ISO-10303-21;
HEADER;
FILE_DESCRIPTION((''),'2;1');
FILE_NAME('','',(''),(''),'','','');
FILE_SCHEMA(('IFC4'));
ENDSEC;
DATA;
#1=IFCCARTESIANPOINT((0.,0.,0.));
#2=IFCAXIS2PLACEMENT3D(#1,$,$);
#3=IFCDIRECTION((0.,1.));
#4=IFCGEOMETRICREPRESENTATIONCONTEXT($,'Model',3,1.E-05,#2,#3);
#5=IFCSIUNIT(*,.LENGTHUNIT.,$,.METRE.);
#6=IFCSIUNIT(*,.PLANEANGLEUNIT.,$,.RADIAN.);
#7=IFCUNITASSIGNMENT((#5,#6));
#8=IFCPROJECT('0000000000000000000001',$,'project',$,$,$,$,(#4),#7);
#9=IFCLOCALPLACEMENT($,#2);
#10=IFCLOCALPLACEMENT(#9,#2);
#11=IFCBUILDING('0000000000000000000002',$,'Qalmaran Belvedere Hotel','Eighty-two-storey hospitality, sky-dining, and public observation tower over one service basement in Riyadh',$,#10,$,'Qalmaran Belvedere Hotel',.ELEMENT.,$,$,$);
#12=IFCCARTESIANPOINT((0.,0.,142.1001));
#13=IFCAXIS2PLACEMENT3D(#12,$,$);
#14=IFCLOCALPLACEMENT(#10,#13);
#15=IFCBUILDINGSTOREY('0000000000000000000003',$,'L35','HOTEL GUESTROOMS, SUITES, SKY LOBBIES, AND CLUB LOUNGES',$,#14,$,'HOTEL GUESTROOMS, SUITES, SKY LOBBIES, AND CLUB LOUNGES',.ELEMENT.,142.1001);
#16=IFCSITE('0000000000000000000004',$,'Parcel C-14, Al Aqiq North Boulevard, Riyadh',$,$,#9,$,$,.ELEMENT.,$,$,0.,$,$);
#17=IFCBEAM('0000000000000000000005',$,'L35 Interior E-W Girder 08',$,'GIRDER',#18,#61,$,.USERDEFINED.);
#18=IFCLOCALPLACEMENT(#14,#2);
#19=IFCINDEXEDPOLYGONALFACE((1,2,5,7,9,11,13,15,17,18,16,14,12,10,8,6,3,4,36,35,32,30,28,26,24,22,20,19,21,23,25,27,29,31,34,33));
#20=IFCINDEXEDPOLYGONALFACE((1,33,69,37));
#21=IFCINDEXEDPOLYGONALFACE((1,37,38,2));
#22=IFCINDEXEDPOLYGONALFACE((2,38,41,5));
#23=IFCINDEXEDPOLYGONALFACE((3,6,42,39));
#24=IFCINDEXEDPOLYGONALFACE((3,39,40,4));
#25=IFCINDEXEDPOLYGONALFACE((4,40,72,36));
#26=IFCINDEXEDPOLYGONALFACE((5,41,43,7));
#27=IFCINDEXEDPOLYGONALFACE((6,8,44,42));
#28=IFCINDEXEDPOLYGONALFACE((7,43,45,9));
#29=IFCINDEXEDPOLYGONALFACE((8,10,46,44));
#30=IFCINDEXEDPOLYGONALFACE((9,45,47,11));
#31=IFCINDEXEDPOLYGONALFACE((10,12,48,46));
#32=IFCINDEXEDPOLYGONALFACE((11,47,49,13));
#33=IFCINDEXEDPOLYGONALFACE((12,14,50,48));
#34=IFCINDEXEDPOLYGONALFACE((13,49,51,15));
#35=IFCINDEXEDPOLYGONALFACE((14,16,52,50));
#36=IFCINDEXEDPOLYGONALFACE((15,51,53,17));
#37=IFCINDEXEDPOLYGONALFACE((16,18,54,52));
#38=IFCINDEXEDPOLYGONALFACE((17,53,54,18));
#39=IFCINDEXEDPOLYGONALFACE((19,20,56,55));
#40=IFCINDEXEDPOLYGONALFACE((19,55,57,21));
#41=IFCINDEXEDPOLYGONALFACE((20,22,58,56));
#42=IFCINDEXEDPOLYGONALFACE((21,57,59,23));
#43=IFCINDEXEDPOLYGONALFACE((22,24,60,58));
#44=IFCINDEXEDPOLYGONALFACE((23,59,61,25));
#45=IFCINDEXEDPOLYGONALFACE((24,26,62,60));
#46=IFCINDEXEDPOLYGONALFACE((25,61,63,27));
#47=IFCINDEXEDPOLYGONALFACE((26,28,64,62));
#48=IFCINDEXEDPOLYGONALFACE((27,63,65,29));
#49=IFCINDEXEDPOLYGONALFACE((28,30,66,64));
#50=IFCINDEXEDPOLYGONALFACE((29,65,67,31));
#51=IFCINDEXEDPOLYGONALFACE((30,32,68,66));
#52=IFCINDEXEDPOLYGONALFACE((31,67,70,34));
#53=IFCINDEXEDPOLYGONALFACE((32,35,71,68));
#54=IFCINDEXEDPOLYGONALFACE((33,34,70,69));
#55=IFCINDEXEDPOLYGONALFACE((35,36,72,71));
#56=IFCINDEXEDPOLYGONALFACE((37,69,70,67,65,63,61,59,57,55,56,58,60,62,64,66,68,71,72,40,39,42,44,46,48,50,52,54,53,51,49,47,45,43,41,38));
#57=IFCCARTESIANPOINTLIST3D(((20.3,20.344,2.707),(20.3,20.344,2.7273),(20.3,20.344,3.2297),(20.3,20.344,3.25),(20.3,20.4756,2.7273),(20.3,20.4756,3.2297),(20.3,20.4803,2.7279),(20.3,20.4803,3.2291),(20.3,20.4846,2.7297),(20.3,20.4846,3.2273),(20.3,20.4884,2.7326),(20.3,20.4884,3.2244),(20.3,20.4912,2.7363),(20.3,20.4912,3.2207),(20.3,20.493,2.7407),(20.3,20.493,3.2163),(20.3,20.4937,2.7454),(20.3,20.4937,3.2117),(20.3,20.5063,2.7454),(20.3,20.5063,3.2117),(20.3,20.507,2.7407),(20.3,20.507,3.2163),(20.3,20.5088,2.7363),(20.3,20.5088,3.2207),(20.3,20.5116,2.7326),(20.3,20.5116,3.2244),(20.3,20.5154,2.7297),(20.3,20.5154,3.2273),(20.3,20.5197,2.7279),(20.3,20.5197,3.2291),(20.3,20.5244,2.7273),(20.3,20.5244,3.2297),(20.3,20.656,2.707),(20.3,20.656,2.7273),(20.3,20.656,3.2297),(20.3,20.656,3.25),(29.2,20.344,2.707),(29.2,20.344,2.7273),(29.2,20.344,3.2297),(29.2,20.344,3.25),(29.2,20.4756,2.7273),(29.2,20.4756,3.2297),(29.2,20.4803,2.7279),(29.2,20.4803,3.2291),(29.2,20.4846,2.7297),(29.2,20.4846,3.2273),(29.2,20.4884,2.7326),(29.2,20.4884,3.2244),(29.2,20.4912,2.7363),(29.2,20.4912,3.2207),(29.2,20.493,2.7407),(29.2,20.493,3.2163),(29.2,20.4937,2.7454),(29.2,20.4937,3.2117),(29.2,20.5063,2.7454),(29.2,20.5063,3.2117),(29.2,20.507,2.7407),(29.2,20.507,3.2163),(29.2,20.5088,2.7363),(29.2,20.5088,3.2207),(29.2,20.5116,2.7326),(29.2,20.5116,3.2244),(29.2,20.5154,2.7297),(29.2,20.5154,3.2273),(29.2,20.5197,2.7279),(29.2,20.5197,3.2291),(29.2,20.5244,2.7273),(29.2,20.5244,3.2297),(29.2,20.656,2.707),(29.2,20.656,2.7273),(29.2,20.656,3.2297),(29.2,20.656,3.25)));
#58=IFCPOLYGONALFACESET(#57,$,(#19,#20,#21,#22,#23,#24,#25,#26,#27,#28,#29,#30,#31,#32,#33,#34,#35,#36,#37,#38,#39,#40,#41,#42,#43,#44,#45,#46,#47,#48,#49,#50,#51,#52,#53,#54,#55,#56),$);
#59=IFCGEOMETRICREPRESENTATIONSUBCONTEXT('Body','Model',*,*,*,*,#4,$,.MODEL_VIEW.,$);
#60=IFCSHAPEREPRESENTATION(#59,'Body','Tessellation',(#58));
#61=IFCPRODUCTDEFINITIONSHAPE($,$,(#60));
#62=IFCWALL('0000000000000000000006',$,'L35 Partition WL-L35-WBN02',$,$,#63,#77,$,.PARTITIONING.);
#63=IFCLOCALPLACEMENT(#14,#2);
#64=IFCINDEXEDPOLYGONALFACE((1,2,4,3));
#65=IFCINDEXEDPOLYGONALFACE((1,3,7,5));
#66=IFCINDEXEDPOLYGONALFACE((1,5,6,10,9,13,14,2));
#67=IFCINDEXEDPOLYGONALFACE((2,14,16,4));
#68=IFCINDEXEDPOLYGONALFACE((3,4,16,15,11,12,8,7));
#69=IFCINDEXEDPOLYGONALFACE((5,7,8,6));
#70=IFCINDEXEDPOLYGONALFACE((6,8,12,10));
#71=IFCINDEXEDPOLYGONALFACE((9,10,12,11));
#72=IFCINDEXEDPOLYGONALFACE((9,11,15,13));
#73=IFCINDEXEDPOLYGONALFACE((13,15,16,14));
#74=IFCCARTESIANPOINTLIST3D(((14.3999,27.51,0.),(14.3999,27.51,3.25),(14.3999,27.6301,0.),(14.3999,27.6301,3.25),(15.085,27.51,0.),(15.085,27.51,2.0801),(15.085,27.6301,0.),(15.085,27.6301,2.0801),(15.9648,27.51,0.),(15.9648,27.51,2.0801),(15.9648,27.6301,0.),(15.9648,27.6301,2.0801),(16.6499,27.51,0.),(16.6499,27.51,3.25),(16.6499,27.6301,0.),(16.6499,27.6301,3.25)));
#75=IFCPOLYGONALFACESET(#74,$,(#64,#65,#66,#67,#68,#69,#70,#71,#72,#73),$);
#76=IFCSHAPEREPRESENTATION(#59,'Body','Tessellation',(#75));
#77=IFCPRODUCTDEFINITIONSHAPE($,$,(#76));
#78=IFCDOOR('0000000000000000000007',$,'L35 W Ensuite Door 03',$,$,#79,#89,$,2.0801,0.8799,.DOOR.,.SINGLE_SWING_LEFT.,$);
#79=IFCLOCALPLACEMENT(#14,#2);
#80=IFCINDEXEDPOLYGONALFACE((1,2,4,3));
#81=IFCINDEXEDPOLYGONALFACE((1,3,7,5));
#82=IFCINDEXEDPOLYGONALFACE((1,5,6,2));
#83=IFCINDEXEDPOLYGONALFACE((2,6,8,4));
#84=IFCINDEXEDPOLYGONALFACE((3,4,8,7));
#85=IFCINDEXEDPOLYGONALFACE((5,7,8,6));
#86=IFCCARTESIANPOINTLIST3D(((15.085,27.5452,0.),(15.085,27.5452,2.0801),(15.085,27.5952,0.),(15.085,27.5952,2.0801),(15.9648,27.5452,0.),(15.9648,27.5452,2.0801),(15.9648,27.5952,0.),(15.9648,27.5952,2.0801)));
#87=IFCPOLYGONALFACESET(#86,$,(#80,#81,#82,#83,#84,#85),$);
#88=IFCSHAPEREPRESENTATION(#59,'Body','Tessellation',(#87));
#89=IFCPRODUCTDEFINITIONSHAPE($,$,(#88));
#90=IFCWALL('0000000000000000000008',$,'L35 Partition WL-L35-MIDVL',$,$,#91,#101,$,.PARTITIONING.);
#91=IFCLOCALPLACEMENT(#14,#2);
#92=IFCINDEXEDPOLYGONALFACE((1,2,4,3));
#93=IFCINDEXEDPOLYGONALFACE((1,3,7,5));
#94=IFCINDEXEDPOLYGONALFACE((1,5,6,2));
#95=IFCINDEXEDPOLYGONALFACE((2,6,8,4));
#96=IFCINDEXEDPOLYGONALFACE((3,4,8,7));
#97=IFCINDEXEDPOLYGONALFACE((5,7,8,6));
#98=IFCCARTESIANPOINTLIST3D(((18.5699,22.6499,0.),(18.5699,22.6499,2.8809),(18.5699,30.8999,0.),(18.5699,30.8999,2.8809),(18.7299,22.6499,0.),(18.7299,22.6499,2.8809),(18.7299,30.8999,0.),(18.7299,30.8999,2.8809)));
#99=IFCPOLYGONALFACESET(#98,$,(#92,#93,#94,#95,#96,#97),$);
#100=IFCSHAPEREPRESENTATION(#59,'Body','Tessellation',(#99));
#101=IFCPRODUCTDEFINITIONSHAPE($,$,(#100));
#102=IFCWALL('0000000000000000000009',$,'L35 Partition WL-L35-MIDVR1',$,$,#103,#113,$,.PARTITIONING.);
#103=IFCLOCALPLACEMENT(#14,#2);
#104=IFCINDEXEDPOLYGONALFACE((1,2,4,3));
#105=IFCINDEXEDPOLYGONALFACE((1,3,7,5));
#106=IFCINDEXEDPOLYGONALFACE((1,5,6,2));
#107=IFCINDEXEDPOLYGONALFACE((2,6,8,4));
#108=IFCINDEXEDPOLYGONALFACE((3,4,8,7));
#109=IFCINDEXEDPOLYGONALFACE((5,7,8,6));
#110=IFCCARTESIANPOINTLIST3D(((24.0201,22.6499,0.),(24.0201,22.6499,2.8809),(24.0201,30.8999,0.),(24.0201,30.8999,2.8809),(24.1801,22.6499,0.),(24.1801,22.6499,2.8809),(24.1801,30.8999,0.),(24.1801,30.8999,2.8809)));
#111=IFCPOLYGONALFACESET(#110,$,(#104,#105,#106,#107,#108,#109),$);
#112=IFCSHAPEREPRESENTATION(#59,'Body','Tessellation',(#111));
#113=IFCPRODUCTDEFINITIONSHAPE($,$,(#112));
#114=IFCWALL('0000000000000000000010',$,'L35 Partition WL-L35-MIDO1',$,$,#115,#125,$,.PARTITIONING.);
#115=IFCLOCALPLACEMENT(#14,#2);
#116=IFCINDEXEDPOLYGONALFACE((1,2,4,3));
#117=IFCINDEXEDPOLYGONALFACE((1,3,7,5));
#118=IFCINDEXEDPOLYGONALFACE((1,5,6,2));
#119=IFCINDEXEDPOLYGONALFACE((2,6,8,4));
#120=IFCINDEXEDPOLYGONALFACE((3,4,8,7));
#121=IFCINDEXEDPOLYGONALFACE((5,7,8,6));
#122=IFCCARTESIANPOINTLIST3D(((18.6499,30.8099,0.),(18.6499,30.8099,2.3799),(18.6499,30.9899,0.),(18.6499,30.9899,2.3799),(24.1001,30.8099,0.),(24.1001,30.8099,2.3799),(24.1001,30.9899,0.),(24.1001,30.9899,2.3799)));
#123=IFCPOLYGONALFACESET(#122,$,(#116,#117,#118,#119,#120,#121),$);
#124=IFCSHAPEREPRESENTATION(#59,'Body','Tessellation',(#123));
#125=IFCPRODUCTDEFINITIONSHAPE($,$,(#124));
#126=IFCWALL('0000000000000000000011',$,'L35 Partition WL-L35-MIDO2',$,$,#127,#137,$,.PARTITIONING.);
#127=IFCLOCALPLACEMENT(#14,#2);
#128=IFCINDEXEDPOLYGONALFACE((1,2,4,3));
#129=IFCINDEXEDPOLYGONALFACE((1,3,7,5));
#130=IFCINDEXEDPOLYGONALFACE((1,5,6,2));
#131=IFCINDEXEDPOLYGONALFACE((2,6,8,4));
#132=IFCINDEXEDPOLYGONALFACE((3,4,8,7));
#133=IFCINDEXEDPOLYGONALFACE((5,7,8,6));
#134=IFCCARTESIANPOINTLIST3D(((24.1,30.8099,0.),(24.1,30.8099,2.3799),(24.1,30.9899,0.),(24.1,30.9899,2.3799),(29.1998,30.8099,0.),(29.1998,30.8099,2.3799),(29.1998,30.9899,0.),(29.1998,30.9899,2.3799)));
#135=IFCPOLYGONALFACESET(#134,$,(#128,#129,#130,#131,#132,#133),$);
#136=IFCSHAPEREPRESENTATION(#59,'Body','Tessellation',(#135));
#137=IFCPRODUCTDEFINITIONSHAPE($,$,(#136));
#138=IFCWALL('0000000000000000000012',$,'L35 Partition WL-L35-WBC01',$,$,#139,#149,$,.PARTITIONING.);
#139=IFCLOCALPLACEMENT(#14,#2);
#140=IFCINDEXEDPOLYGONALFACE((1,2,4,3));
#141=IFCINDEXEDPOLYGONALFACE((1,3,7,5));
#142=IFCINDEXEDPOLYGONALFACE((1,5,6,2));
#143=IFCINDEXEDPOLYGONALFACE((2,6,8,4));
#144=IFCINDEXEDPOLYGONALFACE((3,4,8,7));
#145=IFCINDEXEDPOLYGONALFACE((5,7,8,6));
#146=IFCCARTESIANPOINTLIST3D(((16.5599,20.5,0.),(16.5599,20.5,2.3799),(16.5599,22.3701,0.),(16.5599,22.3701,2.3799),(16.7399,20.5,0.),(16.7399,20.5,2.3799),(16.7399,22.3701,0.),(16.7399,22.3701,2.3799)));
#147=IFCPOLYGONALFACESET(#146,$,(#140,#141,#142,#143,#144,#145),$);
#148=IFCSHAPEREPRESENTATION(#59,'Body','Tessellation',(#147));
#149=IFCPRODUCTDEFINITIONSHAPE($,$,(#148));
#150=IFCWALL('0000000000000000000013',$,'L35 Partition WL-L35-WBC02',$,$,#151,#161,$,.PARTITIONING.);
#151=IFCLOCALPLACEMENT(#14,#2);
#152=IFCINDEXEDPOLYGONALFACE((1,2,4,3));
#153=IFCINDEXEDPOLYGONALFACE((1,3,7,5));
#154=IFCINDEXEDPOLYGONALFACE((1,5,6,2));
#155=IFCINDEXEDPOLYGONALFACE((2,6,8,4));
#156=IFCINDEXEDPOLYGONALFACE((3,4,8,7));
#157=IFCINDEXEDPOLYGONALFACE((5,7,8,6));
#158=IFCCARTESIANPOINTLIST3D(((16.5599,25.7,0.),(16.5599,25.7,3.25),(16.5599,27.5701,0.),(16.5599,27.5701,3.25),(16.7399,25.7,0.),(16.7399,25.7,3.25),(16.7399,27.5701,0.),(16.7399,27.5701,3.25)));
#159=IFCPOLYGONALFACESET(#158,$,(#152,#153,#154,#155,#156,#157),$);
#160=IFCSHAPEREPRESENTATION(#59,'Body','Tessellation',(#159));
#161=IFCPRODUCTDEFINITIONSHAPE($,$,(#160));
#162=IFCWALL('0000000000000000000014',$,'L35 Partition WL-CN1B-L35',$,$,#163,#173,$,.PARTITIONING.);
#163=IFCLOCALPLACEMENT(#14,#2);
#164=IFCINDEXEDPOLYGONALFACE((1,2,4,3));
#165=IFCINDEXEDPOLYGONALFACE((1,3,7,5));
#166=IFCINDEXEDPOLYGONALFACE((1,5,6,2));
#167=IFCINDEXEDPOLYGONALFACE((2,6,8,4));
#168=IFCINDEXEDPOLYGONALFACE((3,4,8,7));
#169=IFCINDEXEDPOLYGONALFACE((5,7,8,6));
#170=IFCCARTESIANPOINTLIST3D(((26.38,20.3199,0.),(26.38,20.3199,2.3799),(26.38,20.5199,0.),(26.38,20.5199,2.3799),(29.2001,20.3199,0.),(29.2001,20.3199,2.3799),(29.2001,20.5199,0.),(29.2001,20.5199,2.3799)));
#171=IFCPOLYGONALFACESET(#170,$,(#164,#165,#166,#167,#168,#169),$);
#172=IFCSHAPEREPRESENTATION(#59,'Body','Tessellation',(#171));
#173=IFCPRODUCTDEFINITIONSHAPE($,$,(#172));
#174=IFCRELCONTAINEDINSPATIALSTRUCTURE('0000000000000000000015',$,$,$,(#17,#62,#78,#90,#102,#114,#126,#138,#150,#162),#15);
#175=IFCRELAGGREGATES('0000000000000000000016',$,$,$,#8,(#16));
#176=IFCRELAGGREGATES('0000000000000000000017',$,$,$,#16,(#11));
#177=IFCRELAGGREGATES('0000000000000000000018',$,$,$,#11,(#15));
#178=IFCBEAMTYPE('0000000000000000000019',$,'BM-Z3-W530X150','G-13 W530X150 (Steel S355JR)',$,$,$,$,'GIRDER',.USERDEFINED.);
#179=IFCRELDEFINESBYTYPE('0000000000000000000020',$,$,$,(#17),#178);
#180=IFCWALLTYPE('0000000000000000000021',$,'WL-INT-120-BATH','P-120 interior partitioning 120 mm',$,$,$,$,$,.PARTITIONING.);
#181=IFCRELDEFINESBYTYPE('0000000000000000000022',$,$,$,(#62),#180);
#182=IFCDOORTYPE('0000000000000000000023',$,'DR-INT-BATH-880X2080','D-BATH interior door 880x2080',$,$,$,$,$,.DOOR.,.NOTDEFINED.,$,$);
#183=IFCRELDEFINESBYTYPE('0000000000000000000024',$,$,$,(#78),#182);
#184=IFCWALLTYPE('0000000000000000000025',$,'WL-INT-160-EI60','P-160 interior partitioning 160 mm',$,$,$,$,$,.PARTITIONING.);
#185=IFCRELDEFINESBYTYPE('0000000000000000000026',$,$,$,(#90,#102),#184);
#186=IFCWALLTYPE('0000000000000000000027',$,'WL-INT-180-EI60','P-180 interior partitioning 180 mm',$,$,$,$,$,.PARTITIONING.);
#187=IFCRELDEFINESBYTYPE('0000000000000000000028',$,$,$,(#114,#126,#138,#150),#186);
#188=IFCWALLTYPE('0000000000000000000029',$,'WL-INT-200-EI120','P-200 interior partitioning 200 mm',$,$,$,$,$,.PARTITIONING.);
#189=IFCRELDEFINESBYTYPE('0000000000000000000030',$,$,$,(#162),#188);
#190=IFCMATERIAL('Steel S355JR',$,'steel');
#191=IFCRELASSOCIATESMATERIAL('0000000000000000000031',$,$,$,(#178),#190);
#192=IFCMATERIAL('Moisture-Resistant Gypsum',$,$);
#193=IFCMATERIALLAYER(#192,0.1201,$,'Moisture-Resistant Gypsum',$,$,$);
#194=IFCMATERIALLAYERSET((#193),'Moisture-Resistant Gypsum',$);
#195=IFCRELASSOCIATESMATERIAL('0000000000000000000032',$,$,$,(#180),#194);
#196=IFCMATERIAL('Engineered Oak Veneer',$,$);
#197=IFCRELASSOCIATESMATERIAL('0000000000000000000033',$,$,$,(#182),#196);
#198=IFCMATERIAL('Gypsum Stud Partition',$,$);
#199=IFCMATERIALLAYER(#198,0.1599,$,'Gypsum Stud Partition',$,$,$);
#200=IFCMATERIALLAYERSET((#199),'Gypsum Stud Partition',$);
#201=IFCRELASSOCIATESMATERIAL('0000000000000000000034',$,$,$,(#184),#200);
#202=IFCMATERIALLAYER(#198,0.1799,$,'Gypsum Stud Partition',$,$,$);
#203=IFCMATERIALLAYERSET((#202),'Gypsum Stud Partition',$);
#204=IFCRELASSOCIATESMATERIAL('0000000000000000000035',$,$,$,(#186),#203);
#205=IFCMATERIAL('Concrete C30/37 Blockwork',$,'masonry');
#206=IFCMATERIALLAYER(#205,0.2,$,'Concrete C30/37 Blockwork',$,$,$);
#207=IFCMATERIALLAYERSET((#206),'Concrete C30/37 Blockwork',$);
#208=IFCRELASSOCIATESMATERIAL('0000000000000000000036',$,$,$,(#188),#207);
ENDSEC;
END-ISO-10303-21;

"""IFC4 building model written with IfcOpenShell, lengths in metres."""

from ifc_helpers import new_model, si_unit, direction, frame, frame_2d, origin, origin_2d, place, context, subcontext, project, spatial, rectangle, i_section, extrude, material, layer, layer_set, material_profile, profile_set, type_object, element, fill, save


model = new_model("IFC4")

# Units and contexts
model_context = context("Model", 3, precision=1e-05, world=origin(), true_north=direction((0.0, 1.0)))
body_context = subcontext(model_context, "Body", "Model", "MODEL_VIEW")
ifc_project = project(units=[si_unit("LENGTHUNIT", "METRE"), si_unit("PLANEANGLEUNIT", "RADIAN")], contexts=[model_context])

# Site, building, storey
site_placement = place(None, origin())
site = spatial("IfcSite", under=ifc_project, at=site_placement, Name="Parcel C-14, Al Aqiq North Boulevard, Riyadh", CompositionType="ELEMENT", RefElevation=0.0)
building_placement = place(site_placement, origin())
building = spatial("IfcBuilding", under=site, at=building_placement, Name="Qalmaran Belvedere Hotel", Description="Eighty-two-storey hospitality, sky-dining, and public observation tower over one service basement in Riyadh", LongName="Qalmaran Belvedere Hotel", CompositionType="ELEMENT")
storey_placement = place(building_placement, frame((0.0, 0.0, 142.1001)))
storey = spatial("IfcBuildingStorey", under=building, at=storey_placement, Name="L35", Description="HOTEL GUESTROOMS, SUITES, SKY LOBBIES, AND CLUB LOUNGES", LongName="HOTEL GUESTROOMS, SUITES, SKY LOBBIES, AND CLUB LOUNGES", CompositionType="ELEMENT", Elevation=142.1001)

# Beam
ifc_material_1 = material(Name="Steel S355JR", Category="steel")
ifc_material_profile_1 = material_profile(ifc_material_1, i_section(OverallWidth=0.312, OverallDepth=0.543, WebThickness=0.0127, FlangeThickness=0.0203, FilletRadius=0.0181, at=origin_2d()), Name="W530X150")
ifc_profile_set_1 = profile_set([ifc_material_profile_1], Name="Steel S355JR")
beam_type_1 = type_object("IfcBeamType", Name="BM-Z3-W530X150", Description="G-13 W530X150 (Steel S355JR)", ElementType="GIRDER", PredefinedType="USERDEFINED", material=ifc_profile_set_1)
beam_1_placement = place(storey_placement, frame((20.3, 20.5, 2.9785), z_axis=(1.0, 0.0, 0.0), x_axis=(0.0, 1.0, 0.0)))
element("IfcBeam", 1, at=beam_1_placement, inside=storey, type_object=beam_type_1, Name="L35 Interior E-W Girder 08", ObjectType="GIRDER", PredefinedType="USERDEFINED", context=body_context, shape_type="SweptSolid", body=[
    extrude(i_section(OverallWidth=0.312, OverallDepth=0.543, WebThickness=0.0127, FlangeThickness=0.0203, FilletRadius=0.0181, at=origin_2d()), origin(), (0.0, 0.0, 1.0), 8.8999),
])

# Wall, opening, door
ifc_material_2 = material(Name="Moisture-Resistant Gypsum")
ifc_layer_1 = layer(ifc_material_2, 0.1201, Name="Moisture-Resistant Gypsum")
ifc_layer_set_1 = layer_set([ifc_layer_1], Name="Moisture-Resistant Gypsum")
wall_type_1 = type_object("IfcWallType", Name="WL-INT-120-BATH", Description="P-120 interior partitioning 120 mm", PredefinedType="PARTITIONING", material=ifc_layer_set_1)
wall_1_placement = place(storey_placement, frame((14.3999, 27.5701, 0.0), z_axis=(0.0, 0.0, 1.0), x_axis=(1.0, 0.0, 0.0)))
wall_1 = element("IfcWall", 2, at=wall_1_placement, inside=storey, type_object=wall_type_1, Name="L35 Partition WL-L35-WBN02", PredefinedType="PARTITIONING", context=body_context, shape_type="SweptSolid", body=[
    extrude(rectangle(XDim=2.25, YDim=0.1201, at=frame_2d((1.125, 0.0))), origin(), (0.0, 0.0, 1.0), 3.25),
])
opening_1_placement = place(wall_1_placement, frame((1.5649, 0.0, 0.0), z_axis=(0.0, 0.0, 1.0), x_axis=(-1.0, 0.0, 0.0)))
opening_1 = element("IfcOpeningElement", 3, at=opening_1_placement, cuts=wall_1, PredefinedType="OPENING", context=body_context, shape_type="SweptSolid", body=[
    extrude(rectangle(XDim=0.8799, YDim=2.0801, at=frame_2d((0.4399, 1.04))), frame((0.0, 0.0701, 0.0), z_axis=(0.0, -1.0, 0.0), x_axis=(1.0, 0.0, 0.0)), (0.0, 0.0, 1.0), 0.1401),
])
ifc_material_3 = material(Name="Engineered Oak Veneer")
door_type_1 = type_object("IfcDoorType", Name="DR-INT-BATH-880X2080", Description="D-BATH interior door 880x2080", OperationType="NOTDEFINED", PredefinedType="DOOR", material=ifc_material_3)
door_1_placement = place(opening_1_placement, origin())
door_1 = element("IfcDoor", 4, at=door_1_placement, inside=storey, type_object=door_type_1, Name="L35 W Ensuite Door 03", OperationType="SINGLE_SWING_LEFT", OverallHeight=2.0801, OverallWidth=0.8799, PredefinedType="DOOR", context=body_context, shape_type="SweptSolid", body=[
    extrude(rectangle(XDim=0.8799, YDim=2.0801, at=frame_2d((0.4399, 1.04))), frame((0.0, 0.0249, 0.0), z_axis=(0.0, -1.0, 0.0), x_axis=(1.0, 0.0, 0.0)), (0.0, 0.0, 1.0), 0.05),
])
fill(opening_1, door_1)
ifc_material_4 = material(Name="Gypsum Stud Partition")

# Walls
ifc_layer_2 = layer(ifc_material_4, 0.1599, Name="Gypsum Stud Partition")
ifc_layer_set_2 = layer_set([ifc_layer_2], Name="Gypsum Stud Partition")
wall_type_2 = type_object("IfcWallType", Name="WL-INT-160-EI60", Description="P-160 interior partitioning 160 mm", PredefinedType="PARTITIONING", material=ifc_layer_set_2)
for number, where, z_axis, x_axis, name in (
    (5, (18.6499, 22.6499, 0.0), (0.0, 0.0, 1.0), (0.0, 1.0, 0.0), "L35 Partition WL-L35-MIDVL"),
    (6, (24.1001, 22.6499, 0.0), (0.0, 0.0, 1.0), (0.0, 1.0, 0.0), "L35 Partition WL-L35-MIDVR1"),
):
    element("IfcWall", number, at=place(storey_placement, frame(where, z_axis=z_axis, x_axis=x_axis)), inside=storey, type_object=wall_type_2, Name=name, PredefinedType="PARTITIONING", context=body_context, shape_type="SweptSolid", body=[
        extrude(rectangle(XDim=8.25, YDim=0.1599, at=frame_2d((4.125, 0.0))), origin(), (0.0, 0.0, 1.0), 2.8809),
    ])

# Shared definitions
ifc_layer_3 = layer(ifc_material_4, 0.1799, Name="Gypsum Stud Partition")
ifc_layer_set_3 = layer_set([ifc_layer_3], Name="Gypsum Stud Partition")
wall_type_3 = type_object("IfcWallType", Name="WL-INT-180-EI60", Description="P-180 interior partitioning 180 mm", PredefinedType="PARTITIONING", material=ifc_layer_set_3)

# Wall
wall_2_placement = place(storey_placement, frame((18.6499, 30.8999, 0.0), z_axis=(0.0, 0.0, 1.0), x_axis=(1.0, 0.0, 0.0)))
element("IfcWall", 7, at=wall_2_placement, inside=storey, type_object=wall_type_3, Name="L35 Partition WL-L35-MIDO1", PredefinedType="PARTITIONING", context=body_context, shape_type="SweptSolid", body=[
    extrude(rectangle(XDim=5.4502, YDim=0.1799, at=frame_2d((2.7251, 0.0))), origin(), (0.0, 0.0, 1.0), 2.3799),
])

# Walls
wall_3_placement = place(storey_placement, frame((24.1001, 30.8999, 0.0), z_axis=(0.0, 0.0, 1.0), x_axis=(1.0, 0.0, 0.0)))
element("IfcWall", 8, at=wall_3_placement, inside=storey, type_object=wall_type_3, Name="L35 Partition WL-L35-MIDO2", PredefinedType="PARTITIONING", context=body_context, shape_type="SweptSolid", body=[
    extrude(rectangle(XDim=5.0999, YDim=0.1799, at=frame_2d((2.5498, 0.0))), origin(), (0.0, 0.0, 1.0), 2.3799),
])
wall_4_placement = place(storey_placement, frame((16.6499, 20.5, 0.0), z_axis=(0.0, 0.0, 1.0), x_axis=(0.0, 1.0, 0.0)))
element("IfcWall", 9, at=wall_4_placement, inside=storey, type_object=wall_type_3, Name="L35 Partition WL-L35-WBC01", PredefinedType="PARTITIONING", context=body_context, shape_type="SweptSolid", body=[
    extrude(rectangle(XDim=1.8701, YDim=0.1799, at=frame_2d((0.9351, 0.0))), origin(), (0.0, 0.0, 1.0), 2.3799),
])

# Wall
wall_5_placement = place(storey_placement, frame((16.6499, 25.7, 0.0), z_axis=(0.0, 0.0, 1.0), x_axis=(0.0, 1.0, 0.0)))
element("IfcWall", 10, at=wall_5_placement, inside=storey, type_object=wall_type_3, Name="L35 Partition WL-L35-WBC02", PredefinedType="PARTITIONING", context=body_context, shape_type="SweptSolid", body=[
    extrude(rectangle(XDim=1.8701, YDim=0.1799, at=frame_2d((0.9351, 0.0))), origin(), (0.0, 0.0, 1.0), 3.25),
])

# Wall
ifc_material_5 = material(Name="Concrete C30/37 Blockwork", Category="masonry")
ifc_layer_4 = layer(ifc_material_5, 0.2, Name="Concrete C30/37 Blockwork")
ifc_layer_set_4 = layer_set([ifc_layer_4], Name="Concrete C30/37 Blockwork")
wall_type_4 = type_object("IfcWallType", Name="WL-INT-200-EI120", Description="P-200 interior partitioning 200 mm", PredefinedType="PARTITIONING", material=ifc_layer_set_4)
wall_6_placement = place(storey_placement, frame((26.3799, 20.4199, 0.0), z_axis=(0.0, 0.0, 1.0), x_axis=(1.0, 0.0, 0.0)))
element("IfcWall", 11, at=wall_6_placement, inside=storey, type_object=wall_type_4, Name="L35 Partition WL-CN1B-L35", PredefinedType="PARTITIONING", context=body_context, shape_type="SweptSolid", body=[
    extrude(rectangle(XDim=2.8201, YDim=0.2, at=frame_2d((1.4102, 0.0))), origin(), (0.0, 0.0, 1.0), 2.3799),
])

save(model, "model.ifc")
